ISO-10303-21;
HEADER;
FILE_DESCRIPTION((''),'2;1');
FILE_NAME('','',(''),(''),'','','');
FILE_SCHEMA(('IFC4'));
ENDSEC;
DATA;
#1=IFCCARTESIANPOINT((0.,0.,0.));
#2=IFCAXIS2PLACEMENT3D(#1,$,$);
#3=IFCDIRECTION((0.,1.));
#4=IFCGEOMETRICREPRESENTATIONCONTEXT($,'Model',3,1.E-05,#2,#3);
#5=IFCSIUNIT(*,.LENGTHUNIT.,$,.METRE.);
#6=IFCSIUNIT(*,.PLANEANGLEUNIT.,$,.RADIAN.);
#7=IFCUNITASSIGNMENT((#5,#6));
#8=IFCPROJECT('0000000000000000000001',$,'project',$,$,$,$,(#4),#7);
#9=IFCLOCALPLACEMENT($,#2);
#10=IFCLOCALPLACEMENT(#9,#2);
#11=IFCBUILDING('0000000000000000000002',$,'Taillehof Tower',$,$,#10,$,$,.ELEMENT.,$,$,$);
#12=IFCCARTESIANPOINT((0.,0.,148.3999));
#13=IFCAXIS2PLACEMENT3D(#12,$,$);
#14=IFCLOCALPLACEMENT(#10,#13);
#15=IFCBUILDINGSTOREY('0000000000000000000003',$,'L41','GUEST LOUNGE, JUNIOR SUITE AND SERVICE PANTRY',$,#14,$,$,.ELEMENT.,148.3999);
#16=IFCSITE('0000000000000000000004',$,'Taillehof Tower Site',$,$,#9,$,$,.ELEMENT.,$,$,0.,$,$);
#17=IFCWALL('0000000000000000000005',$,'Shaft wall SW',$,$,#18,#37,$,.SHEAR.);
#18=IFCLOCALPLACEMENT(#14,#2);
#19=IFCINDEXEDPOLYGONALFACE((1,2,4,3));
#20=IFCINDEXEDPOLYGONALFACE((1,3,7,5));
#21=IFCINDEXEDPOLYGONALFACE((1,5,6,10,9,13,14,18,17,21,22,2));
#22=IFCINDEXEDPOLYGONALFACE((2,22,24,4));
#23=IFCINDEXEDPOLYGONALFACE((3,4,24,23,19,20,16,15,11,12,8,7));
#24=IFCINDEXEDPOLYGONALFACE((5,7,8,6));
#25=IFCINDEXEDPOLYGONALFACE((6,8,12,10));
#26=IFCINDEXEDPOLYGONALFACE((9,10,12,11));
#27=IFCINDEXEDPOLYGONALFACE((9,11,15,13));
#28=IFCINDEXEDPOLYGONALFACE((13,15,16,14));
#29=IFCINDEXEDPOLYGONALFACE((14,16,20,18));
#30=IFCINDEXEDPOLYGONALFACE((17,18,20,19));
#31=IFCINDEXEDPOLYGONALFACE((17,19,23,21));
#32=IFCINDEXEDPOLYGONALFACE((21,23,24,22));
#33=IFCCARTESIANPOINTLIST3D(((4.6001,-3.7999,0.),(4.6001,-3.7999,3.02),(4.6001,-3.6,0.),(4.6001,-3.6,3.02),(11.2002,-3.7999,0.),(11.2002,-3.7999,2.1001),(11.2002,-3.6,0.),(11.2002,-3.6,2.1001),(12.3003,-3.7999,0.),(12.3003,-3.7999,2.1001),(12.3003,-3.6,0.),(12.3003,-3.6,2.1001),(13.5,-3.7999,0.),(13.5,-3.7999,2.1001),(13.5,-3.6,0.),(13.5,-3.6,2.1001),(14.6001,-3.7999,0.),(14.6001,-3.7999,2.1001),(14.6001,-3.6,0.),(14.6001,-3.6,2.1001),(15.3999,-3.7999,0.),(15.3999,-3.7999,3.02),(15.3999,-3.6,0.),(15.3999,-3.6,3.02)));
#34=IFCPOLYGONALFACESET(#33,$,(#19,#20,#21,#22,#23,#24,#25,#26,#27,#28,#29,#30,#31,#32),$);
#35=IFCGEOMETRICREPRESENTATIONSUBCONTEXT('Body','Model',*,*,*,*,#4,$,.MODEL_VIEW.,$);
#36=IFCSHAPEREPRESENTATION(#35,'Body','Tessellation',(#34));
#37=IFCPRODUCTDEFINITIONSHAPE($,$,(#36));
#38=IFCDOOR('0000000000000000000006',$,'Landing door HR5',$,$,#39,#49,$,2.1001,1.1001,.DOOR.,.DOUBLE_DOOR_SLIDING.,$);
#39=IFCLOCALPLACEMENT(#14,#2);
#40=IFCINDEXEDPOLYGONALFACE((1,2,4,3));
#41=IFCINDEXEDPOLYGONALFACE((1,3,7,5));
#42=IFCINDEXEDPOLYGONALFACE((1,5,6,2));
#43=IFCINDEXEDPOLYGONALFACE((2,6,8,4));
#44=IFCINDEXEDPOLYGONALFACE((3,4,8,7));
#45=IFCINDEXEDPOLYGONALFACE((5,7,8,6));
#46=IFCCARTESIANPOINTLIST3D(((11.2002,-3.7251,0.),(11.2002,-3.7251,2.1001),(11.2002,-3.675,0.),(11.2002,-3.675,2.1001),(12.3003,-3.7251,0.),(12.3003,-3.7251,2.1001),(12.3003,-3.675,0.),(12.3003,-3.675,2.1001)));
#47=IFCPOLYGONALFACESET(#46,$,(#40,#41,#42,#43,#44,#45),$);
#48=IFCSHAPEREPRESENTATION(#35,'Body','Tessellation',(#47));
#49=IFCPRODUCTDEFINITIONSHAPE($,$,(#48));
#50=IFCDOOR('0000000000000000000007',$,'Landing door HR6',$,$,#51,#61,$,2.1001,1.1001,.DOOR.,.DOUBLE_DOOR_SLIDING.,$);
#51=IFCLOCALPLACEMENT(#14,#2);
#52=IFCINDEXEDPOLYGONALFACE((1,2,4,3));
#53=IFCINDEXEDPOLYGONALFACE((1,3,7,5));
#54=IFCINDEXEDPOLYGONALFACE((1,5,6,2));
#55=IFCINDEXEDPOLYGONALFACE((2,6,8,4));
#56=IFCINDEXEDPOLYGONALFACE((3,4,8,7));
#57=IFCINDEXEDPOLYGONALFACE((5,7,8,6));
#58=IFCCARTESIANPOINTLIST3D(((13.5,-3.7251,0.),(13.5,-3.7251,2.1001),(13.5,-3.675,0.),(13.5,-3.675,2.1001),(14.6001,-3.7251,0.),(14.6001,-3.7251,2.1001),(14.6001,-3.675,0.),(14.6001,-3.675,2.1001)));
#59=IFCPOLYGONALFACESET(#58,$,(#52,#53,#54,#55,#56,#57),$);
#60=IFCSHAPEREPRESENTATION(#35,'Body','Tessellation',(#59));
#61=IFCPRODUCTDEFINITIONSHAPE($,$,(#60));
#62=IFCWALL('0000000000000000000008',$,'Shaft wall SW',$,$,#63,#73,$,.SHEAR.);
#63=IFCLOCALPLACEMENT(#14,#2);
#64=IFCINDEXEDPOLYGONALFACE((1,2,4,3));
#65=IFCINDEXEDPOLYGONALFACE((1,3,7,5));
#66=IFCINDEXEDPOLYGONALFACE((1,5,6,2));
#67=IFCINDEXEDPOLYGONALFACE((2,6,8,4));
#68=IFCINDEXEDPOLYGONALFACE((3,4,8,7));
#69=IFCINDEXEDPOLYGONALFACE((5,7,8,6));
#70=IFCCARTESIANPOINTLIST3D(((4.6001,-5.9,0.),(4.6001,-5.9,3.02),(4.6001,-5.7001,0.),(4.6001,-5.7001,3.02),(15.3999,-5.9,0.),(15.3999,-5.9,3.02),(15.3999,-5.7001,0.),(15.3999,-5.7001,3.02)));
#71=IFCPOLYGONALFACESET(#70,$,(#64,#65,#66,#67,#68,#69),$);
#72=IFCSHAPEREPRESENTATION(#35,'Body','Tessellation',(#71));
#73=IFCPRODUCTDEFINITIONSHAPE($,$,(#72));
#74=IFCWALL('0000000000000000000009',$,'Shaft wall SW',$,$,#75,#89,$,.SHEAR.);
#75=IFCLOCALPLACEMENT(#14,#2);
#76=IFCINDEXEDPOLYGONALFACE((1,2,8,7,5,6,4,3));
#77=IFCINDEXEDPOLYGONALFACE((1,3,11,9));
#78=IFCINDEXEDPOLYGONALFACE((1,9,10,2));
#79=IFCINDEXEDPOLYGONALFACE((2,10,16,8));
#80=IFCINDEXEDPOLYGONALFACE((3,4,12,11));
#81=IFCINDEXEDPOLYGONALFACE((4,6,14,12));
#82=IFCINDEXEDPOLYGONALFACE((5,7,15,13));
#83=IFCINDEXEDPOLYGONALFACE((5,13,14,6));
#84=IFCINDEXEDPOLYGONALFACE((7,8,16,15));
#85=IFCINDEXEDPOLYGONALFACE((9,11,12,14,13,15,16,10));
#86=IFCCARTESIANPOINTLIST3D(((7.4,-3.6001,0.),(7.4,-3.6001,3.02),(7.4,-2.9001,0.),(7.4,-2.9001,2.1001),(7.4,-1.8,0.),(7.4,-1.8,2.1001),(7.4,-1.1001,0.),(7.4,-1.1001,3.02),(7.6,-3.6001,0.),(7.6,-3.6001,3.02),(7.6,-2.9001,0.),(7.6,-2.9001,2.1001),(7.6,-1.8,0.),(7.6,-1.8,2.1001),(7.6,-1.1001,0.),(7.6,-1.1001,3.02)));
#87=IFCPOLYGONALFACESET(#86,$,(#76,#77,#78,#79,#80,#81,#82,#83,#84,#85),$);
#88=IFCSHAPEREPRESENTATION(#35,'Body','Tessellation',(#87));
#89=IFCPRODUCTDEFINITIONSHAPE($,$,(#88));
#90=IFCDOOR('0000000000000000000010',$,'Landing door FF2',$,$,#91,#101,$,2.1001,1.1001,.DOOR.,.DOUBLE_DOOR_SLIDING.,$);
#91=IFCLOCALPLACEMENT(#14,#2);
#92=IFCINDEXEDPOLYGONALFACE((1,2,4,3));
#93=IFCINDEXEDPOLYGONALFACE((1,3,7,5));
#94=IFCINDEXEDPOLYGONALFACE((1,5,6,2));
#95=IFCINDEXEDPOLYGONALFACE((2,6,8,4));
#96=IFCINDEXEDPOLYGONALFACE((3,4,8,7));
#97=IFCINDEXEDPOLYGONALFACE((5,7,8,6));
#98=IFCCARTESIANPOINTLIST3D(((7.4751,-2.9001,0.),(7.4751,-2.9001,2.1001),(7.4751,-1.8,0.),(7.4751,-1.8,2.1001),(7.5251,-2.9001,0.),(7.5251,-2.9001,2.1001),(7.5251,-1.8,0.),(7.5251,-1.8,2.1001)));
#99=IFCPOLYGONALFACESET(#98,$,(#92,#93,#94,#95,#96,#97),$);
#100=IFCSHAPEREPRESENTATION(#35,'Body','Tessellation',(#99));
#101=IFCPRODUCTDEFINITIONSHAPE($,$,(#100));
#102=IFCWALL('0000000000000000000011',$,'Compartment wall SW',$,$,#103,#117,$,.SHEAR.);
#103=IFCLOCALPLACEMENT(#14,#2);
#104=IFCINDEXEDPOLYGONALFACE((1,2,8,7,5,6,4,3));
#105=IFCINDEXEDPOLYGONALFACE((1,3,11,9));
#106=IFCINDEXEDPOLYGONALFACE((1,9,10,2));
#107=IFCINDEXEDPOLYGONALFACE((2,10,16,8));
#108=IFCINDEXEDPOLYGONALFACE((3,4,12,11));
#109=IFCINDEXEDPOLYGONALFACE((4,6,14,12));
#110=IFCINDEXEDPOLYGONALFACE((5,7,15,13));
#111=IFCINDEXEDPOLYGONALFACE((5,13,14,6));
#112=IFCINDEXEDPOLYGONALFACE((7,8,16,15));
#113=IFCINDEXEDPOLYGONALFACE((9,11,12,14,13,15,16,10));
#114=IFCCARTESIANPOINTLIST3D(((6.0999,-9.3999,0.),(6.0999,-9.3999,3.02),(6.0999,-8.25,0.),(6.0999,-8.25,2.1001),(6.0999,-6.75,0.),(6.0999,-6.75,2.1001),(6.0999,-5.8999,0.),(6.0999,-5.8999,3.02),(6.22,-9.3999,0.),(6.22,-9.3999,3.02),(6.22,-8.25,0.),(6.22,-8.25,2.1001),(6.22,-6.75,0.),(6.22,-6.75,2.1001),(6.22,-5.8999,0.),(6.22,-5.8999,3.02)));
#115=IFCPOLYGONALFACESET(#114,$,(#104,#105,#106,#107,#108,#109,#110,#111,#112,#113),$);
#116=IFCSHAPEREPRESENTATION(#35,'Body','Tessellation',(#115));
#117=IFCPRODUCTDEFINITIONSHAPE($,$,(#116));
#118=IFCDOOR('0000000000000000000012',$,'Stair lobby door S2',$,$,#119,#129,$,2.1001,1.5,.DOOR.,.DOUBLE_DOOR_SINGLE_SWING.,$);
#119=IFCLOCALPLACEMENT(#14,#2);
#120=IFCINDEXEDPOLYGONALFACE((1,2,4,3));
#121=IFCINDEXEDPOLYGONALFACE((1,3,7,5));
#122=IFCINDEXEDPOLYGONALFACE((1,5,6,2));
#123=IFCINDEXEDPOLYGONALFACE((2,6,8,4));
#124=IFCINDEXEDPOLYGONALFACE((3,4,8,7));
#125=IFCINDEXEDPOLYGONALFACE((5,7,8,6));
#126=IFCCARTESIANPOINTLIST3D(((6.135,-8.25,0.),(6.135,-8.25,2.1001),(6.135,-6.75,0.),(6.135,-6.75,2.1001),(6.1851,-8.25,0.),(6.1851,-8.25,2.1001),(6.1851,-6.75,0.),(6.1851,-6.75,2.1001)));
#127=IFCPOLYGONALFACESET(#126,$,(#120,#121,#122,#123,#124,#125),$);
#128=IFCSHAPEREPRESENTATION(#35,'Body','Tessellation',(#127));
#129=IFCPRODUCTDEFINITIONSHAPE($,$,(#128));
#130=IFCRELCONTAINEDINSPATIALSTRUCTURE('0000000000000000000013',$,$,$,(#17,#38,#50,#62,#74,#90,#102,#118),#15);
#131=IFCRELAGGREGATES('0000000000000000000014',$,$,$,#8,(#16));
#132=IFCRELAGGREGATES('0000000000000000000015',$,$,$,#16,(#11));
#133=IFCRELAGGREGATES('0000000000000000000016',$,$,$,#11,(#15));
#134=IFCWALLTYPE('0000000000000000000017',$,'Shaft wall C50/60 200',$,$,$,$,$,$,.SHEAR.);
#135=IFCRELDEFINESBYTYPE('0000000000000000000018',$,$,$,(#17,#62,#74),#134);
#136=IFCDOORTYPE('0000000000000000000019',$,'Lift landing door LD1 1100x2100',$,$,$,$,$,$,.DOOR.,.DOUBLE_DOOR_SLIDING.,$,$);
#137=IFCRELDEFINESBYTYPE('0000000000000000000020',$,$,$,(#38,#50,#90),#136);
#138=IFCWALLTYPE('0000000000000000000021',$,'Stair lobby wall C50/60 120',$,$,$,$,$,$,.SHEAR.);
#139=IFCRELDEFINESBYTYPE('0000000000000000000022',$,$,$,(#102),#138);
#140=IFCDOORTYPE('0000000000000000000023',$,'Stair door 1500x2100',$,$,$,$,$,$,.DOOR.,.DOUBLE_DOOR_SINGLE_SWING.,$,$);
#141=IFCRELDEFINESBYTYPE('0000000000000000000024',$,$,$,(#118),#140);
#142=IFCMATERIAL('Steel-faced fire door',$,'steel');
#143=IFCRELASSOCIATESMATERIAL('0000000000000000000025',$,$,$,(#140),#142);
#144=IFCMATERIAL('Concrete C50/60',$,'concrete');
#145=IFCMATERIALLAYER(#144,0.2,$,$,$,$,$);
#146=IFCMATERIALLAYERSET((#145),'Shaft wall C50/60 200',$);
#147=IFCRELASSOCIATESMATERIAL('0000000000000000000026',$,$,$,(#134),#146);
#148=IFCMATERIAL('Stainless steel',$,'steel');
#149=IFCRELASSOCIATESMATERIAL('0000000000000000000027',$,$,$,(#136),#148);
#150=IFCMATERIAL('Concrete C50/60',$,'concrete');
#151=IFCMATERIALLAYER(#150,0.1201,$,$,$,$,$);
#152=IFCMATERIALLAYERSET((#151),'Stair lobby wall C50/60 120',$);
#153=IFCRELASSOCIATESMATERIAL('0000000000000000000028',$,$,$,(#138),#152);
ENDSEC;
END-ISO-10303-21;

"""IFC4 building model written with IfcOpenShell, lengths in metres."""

from ifc_helpers import new_model, si_unit, direction, frame, frame_2d, origin, place, context, subcontext, project, spatial, rectangle, extrude, material, layer, layer_set, type_object, element, fill, save


model = new_model("IFC4")

# Units and contexts
model_context = context("Model", 3, precision=1e-05, world=origin(), true_north=direction((0.0, 1.0)))
body_context = subcontext(model_context, "Body", "Model", "MODEL_VIEW")
ifc_project = project(units=[si_unit("LENGTHUNIT", "METRE"), si_unit("PLANEANGLEUNIT", "RADIAN")], contexts=[model_context])

# Site, building, storey
site_placement = place(None, origin())
site = spatial("IfcSite", under=ifc_project, at=site_placement, Name="Taillehof Tower Site", CompositionType="ELEMENT", RefElevation=0.0)
building_placement = place(site_placement, origin())
building = spatial("IfcBuilding", under=site, at=building_placement, Name="Taillehof Tower", CompositionType="ELEMENT")
storey_placement = place(building_placement, frame((0.0, 0.0, 148.3999)))
storey = spatial("IfcBuildingStorey", under=building, at=storey_placement, Name="L41", Description="GUEST LOUNGE, JUNIOR SUITE AND SERVICE PANTRY", CompositionType="ELEMENT", Elevation=148.3999)

# Wall, openings, doors
ifc_material_1 = material(Name="Steel-faced fire door", Category="steel")
door_type_1 = type_object("IfcDoorType", Name="Stair door 1500x2100", OperationType="DOUBLE_DOOR_SINGLE_SWING", PredefinedType="DOOR", material=ifc_material_1)
ifc_material_2 = material(Name="Concrete C50/60", Category="concrete")
ifc_layer_1 = layer(ifc_material_2, 0.2)
ifc_layer_set_1 = layer_set([ifc_layer_1], Name="Shaft wall C50/60 200")
wall_type_1 = type_object("IfcWallType", Name="Shaft wall C50/60 200", PredefinedType="SHEAR", material=ifc_layer_set_1)
wall_1_placement = place(storey_placement, frame((4.6001, -3.7, 0.0), z_axis=(0.0, 0.0, 1.0), x_axis=(1.0, 0.0, 0.0)))
wall_1 = element("IfcWall", 1, at=wall_1_placement, inside=storey, type_object=wall_type_1, Name="Shaft wall SW", PredefinedType="SHEAR", context=body_context, shape_type="SweptSolid", body=[
    extrude(rectangle(XDim=10.7998, YDim=0.2, at=frame_2d((5.3999, 0.0))), origin(), (0.0, 0.0, 1.0), 3.02),
])
opening_1_placement = place(wall_1_placement, frame((6.6001, 0.0, 0.0)))
opening_1 = element("IfcOpeningElement", 2, at=opening_1_placement, cuts=wall_1, PredefinedType="OPENING", context=body_context, shape_type="SweptSolid", body=[
    extrude(rectangle(XDim=1.1001, YDim=2.1001, at=frame_2d((0.55, 1.05))), frame((0.0, 0.1099, 0.0), z_axis=(0.0, -1.0, 0.0), x_axis=(1.0, 0.0, 0.0)), (0.0, 0.0, 1.0), 0.22),
])
opening_2_placement = place(wall_1_placement, frame((8.8999, 0.0, 0.0)))
opening_2 = element("IfcOpeningElement", 3, at=opening_2_placement, cuts=wall_1, PredefinedType="OPENING", context=body_context, shape_type="SweptSolid", body=[
    extrude(rectangle(XDim=1.1001, YDim=2.1001, at=frame_2d((0.55, 1.05))), frame((0.0, 0.1099, 0.0), z_axis=(0.0, -1.0, 0.0), x_axis=(1.0, 0.0, 0.0)), (0.0, 0.0, 1.0), 0.22),
])
ifc_material_3 = material(Name="Stainless steel", Category="steel")
door_type_2 = type_object("IfcDoorType", Name="Lift landing door LD1 1100x2100", OperationType="DOUBLE_DOOR_SLIDING", PredefinedType="DOOR", material=ifc_material_3)
door_1_placement = place(opening_1_placement, origin())
door_1 = element("IfcDoor", 4, at=door_1_placement, inside=storey, type_object=door_type_2, Name="Landing door HR5", OperationType="DOUBLE_DOOR_SLIDING", OverallHeight=2.1001, OverallWidth=1.1001, PredefinedType="DOOR", context=body_context, shape_type="SweptSolid", body=[
    extrude(rectangle(XDim=1.1001, YDim=2.1001, at=frame_2d((0.55, 1.05))), frame((0.0, 0.0249, 0.0), z_axis=(0.0, -1.0, 0.0), x_axis=(1.0, 0.0, 0.0)), (0.0, 0.0, 1.0), 0.05),
])
fill(opening_1, door_1)
door_2_placement = place(opening_2_placement, origin())
door_2 = element("IfcDoor", 5, at=door_2_placement, inside=storey, type_object=door_type_2, Name="Landing door HR6", OperationType="DOUBLE_DOOR_SLIDING", OverallHeight=2.1001, OverallWidth=1.1001, PredefinedType="DOOR", context=body_context, shape_type="SweptSolid", body=[
    extrude(rectangle(XDim=1.1001, YDim=2.1001, at=frame_2d((0.55, 1.05))), frame((0.0, 0.0249, 0.0), z_axis=(0.0, -1.0, 0.0), x_axis=(1.0, 0.0, 0.0)), (0.0, 0.0, 1.0), 0.05),
])
fill(opening_2, door_2)

# Wall
wall_2_placement = place(storey_placement, frame((4.6001, -5.8, 0.0), z_axis=(0.0, 0.0, 1.0), x_axis=(1.0, 0.0, 0.0)))
element("IfcWall", 6, at=wall_2_placement, inside=storey, type_object=wall_type_1, Name="Shaft wall SW", PredefinedType="SHEAR", context=body_context, shape_type="SweptSolid", body=[
    extrude(rectangle(XDim=10.7998, YDim=0.2, at=frame_2d((5.3999, 0.0))), origin(), (0.0, 0.0, 1.0), 3.02),
])

# Walls, openings, doors
wall_3_placement = place(storey_placement, frame((7.5, -3.6001, 0.0), z_axis=(0.0, 0.0, 1.0), x_axis=(0.0, 1.0, 0.0)))
wall_3 = element("IfcWall", 7, at=wall_3_placement, inside=storey, type_object=wall_type_1, Name="Shaft wall SW", PredefinedType="SHEAR", context=body_context, shape_type="SweptSolid", body=[
    extrude(rectangle(XDim=2.5, YDim=0.2, at=frame_2d((1.25, 0.0))), origin(), (0.0, 0.0, 1.0), 3.02),
])
opening_3_placement = place(wall_3_placement, frame((0.7, 0.0, 0.0)))
opening_3 = element("IfcOpeningElement", 8, at=opening_3_placement, cuts=wall_3, PredefinedType="OPENING", context=body_context, shape_type="SweptSolid", body=[
    extrude(rectangle(XDim=1.1001, YDim=2.1001, at=frame_2d((0.55, 1.05))), frame((0.0, 0.1099, 0.0), z_axis=(0.0, -1.0, 0.0), x_axis=(1.0, 0.0, 0.0)), (0.0, 0.0, 1.0), 0.22),
])
door_3_placement = place(opening_3_placement, origin())
door_3 = element("IfcDoor", 9, at=door_3_placement, inside=storey, type_object=door_type_2, Name="Landing door FF2", OperationType="DOUBLE_DOOR_SLIDING", OverallHeight=2.1001, OverallWidth=1.1001, PredefinedType="DOOR", context=body_context, shape_type="SweptSolid", body=[
    extrude(rectangle(XDim=1.1001, YDim=2.1001, at=frame_2d((0.55, 1.05))), frame((0.0, 0.0249, 0.0), z_axis=(0.0, -1.0, 0.0), x_axis=(1.0, 0.0, 0.0)), (0.0, 0.0, 1.0), 0.05),
])
fill(opening_3, door_3)
ifc_material_4 = material(Name="Concrete C50/60", Category="concrete")
ifc_layer_2 = layer(ifc_material_4, 0.1201)
ifc_layer_set_2 = layer_set([ifc_layer_2], Name="Stair lobby wall C50/60 120")
wall_type_2 = type_object("IfcWallType", Name="Stair lobby wall C50/60 120", PredefinedType="SHEAR", material=ifc_layer_set_2)
wall_4_placement = place(storey_placement, frame((6.1599, -9.3999, 0.0), z_axis=(0.0, 0.0, 1.0), x_axis=(0.0, 1.0, 0.0)))
wall_4 = element("IfcWall", 10, at=wall_4_placement, inside=storey, type_object=wall_type_2, Name="Compartment wall SW", PredefinedType="SHEAR", context=body_context, shape_type="SweptSolid", body=[
    extrude(rectangle(XDim=3.5, YDim=0.1201, at=frame_2d((1.75, 0.0))), origin(), (0.0, 0.0, 1.0), 3.02),
])
opening_4_placement = place(wall_4_placement, frame((1.1499, 0.0, 0.0)))
opening_4 = element("IfcOpeningElement", 11, at=opening_4_placement, cuts=wall_4, PredefinedType="OPENING", context=body_context, shape_type="SweptSolid", body=[
    extrude(rectangle(XDim=1.5, YDim=2.1001, at=frame_2d((0.75, 1.05))), frame((0.0, 0.0701, 0.0), z_axis=(0.0, -1.0, 0.0), x_axis=(1.0, 0.0, 0.0)), (0.0, 0.0, 1.0), 0.1401),
])
door_4_placement = place(opening_4_placement, origin())
door_4 = element("IfcDoor", 12, at=door_4_placement, inside=storey, type_object=door_type_1, Name="Stair lobby door S2", OperationType="DOUBLE_DOOR_SINGLE_SWING", OverallHeight=2.1001, OverallWidth=1.5, PredefinedType="DOOR", context=body_context, shape_type="SweptSolid", body=[
    extrude(rectangle(XDim=1.5, YDim=2.1001, at=frame_2d((0.75, 1.05))), frame((0.0, 0.0249, 0.0), z_axis=(0.0, -1.0, 0.0), x_axis=(1.0, 0.0, 0.0)), (0.0, 0.0, 1.0), 0.05),
])
fill(opening_4, door_4)

save(model, "model.ifc")
